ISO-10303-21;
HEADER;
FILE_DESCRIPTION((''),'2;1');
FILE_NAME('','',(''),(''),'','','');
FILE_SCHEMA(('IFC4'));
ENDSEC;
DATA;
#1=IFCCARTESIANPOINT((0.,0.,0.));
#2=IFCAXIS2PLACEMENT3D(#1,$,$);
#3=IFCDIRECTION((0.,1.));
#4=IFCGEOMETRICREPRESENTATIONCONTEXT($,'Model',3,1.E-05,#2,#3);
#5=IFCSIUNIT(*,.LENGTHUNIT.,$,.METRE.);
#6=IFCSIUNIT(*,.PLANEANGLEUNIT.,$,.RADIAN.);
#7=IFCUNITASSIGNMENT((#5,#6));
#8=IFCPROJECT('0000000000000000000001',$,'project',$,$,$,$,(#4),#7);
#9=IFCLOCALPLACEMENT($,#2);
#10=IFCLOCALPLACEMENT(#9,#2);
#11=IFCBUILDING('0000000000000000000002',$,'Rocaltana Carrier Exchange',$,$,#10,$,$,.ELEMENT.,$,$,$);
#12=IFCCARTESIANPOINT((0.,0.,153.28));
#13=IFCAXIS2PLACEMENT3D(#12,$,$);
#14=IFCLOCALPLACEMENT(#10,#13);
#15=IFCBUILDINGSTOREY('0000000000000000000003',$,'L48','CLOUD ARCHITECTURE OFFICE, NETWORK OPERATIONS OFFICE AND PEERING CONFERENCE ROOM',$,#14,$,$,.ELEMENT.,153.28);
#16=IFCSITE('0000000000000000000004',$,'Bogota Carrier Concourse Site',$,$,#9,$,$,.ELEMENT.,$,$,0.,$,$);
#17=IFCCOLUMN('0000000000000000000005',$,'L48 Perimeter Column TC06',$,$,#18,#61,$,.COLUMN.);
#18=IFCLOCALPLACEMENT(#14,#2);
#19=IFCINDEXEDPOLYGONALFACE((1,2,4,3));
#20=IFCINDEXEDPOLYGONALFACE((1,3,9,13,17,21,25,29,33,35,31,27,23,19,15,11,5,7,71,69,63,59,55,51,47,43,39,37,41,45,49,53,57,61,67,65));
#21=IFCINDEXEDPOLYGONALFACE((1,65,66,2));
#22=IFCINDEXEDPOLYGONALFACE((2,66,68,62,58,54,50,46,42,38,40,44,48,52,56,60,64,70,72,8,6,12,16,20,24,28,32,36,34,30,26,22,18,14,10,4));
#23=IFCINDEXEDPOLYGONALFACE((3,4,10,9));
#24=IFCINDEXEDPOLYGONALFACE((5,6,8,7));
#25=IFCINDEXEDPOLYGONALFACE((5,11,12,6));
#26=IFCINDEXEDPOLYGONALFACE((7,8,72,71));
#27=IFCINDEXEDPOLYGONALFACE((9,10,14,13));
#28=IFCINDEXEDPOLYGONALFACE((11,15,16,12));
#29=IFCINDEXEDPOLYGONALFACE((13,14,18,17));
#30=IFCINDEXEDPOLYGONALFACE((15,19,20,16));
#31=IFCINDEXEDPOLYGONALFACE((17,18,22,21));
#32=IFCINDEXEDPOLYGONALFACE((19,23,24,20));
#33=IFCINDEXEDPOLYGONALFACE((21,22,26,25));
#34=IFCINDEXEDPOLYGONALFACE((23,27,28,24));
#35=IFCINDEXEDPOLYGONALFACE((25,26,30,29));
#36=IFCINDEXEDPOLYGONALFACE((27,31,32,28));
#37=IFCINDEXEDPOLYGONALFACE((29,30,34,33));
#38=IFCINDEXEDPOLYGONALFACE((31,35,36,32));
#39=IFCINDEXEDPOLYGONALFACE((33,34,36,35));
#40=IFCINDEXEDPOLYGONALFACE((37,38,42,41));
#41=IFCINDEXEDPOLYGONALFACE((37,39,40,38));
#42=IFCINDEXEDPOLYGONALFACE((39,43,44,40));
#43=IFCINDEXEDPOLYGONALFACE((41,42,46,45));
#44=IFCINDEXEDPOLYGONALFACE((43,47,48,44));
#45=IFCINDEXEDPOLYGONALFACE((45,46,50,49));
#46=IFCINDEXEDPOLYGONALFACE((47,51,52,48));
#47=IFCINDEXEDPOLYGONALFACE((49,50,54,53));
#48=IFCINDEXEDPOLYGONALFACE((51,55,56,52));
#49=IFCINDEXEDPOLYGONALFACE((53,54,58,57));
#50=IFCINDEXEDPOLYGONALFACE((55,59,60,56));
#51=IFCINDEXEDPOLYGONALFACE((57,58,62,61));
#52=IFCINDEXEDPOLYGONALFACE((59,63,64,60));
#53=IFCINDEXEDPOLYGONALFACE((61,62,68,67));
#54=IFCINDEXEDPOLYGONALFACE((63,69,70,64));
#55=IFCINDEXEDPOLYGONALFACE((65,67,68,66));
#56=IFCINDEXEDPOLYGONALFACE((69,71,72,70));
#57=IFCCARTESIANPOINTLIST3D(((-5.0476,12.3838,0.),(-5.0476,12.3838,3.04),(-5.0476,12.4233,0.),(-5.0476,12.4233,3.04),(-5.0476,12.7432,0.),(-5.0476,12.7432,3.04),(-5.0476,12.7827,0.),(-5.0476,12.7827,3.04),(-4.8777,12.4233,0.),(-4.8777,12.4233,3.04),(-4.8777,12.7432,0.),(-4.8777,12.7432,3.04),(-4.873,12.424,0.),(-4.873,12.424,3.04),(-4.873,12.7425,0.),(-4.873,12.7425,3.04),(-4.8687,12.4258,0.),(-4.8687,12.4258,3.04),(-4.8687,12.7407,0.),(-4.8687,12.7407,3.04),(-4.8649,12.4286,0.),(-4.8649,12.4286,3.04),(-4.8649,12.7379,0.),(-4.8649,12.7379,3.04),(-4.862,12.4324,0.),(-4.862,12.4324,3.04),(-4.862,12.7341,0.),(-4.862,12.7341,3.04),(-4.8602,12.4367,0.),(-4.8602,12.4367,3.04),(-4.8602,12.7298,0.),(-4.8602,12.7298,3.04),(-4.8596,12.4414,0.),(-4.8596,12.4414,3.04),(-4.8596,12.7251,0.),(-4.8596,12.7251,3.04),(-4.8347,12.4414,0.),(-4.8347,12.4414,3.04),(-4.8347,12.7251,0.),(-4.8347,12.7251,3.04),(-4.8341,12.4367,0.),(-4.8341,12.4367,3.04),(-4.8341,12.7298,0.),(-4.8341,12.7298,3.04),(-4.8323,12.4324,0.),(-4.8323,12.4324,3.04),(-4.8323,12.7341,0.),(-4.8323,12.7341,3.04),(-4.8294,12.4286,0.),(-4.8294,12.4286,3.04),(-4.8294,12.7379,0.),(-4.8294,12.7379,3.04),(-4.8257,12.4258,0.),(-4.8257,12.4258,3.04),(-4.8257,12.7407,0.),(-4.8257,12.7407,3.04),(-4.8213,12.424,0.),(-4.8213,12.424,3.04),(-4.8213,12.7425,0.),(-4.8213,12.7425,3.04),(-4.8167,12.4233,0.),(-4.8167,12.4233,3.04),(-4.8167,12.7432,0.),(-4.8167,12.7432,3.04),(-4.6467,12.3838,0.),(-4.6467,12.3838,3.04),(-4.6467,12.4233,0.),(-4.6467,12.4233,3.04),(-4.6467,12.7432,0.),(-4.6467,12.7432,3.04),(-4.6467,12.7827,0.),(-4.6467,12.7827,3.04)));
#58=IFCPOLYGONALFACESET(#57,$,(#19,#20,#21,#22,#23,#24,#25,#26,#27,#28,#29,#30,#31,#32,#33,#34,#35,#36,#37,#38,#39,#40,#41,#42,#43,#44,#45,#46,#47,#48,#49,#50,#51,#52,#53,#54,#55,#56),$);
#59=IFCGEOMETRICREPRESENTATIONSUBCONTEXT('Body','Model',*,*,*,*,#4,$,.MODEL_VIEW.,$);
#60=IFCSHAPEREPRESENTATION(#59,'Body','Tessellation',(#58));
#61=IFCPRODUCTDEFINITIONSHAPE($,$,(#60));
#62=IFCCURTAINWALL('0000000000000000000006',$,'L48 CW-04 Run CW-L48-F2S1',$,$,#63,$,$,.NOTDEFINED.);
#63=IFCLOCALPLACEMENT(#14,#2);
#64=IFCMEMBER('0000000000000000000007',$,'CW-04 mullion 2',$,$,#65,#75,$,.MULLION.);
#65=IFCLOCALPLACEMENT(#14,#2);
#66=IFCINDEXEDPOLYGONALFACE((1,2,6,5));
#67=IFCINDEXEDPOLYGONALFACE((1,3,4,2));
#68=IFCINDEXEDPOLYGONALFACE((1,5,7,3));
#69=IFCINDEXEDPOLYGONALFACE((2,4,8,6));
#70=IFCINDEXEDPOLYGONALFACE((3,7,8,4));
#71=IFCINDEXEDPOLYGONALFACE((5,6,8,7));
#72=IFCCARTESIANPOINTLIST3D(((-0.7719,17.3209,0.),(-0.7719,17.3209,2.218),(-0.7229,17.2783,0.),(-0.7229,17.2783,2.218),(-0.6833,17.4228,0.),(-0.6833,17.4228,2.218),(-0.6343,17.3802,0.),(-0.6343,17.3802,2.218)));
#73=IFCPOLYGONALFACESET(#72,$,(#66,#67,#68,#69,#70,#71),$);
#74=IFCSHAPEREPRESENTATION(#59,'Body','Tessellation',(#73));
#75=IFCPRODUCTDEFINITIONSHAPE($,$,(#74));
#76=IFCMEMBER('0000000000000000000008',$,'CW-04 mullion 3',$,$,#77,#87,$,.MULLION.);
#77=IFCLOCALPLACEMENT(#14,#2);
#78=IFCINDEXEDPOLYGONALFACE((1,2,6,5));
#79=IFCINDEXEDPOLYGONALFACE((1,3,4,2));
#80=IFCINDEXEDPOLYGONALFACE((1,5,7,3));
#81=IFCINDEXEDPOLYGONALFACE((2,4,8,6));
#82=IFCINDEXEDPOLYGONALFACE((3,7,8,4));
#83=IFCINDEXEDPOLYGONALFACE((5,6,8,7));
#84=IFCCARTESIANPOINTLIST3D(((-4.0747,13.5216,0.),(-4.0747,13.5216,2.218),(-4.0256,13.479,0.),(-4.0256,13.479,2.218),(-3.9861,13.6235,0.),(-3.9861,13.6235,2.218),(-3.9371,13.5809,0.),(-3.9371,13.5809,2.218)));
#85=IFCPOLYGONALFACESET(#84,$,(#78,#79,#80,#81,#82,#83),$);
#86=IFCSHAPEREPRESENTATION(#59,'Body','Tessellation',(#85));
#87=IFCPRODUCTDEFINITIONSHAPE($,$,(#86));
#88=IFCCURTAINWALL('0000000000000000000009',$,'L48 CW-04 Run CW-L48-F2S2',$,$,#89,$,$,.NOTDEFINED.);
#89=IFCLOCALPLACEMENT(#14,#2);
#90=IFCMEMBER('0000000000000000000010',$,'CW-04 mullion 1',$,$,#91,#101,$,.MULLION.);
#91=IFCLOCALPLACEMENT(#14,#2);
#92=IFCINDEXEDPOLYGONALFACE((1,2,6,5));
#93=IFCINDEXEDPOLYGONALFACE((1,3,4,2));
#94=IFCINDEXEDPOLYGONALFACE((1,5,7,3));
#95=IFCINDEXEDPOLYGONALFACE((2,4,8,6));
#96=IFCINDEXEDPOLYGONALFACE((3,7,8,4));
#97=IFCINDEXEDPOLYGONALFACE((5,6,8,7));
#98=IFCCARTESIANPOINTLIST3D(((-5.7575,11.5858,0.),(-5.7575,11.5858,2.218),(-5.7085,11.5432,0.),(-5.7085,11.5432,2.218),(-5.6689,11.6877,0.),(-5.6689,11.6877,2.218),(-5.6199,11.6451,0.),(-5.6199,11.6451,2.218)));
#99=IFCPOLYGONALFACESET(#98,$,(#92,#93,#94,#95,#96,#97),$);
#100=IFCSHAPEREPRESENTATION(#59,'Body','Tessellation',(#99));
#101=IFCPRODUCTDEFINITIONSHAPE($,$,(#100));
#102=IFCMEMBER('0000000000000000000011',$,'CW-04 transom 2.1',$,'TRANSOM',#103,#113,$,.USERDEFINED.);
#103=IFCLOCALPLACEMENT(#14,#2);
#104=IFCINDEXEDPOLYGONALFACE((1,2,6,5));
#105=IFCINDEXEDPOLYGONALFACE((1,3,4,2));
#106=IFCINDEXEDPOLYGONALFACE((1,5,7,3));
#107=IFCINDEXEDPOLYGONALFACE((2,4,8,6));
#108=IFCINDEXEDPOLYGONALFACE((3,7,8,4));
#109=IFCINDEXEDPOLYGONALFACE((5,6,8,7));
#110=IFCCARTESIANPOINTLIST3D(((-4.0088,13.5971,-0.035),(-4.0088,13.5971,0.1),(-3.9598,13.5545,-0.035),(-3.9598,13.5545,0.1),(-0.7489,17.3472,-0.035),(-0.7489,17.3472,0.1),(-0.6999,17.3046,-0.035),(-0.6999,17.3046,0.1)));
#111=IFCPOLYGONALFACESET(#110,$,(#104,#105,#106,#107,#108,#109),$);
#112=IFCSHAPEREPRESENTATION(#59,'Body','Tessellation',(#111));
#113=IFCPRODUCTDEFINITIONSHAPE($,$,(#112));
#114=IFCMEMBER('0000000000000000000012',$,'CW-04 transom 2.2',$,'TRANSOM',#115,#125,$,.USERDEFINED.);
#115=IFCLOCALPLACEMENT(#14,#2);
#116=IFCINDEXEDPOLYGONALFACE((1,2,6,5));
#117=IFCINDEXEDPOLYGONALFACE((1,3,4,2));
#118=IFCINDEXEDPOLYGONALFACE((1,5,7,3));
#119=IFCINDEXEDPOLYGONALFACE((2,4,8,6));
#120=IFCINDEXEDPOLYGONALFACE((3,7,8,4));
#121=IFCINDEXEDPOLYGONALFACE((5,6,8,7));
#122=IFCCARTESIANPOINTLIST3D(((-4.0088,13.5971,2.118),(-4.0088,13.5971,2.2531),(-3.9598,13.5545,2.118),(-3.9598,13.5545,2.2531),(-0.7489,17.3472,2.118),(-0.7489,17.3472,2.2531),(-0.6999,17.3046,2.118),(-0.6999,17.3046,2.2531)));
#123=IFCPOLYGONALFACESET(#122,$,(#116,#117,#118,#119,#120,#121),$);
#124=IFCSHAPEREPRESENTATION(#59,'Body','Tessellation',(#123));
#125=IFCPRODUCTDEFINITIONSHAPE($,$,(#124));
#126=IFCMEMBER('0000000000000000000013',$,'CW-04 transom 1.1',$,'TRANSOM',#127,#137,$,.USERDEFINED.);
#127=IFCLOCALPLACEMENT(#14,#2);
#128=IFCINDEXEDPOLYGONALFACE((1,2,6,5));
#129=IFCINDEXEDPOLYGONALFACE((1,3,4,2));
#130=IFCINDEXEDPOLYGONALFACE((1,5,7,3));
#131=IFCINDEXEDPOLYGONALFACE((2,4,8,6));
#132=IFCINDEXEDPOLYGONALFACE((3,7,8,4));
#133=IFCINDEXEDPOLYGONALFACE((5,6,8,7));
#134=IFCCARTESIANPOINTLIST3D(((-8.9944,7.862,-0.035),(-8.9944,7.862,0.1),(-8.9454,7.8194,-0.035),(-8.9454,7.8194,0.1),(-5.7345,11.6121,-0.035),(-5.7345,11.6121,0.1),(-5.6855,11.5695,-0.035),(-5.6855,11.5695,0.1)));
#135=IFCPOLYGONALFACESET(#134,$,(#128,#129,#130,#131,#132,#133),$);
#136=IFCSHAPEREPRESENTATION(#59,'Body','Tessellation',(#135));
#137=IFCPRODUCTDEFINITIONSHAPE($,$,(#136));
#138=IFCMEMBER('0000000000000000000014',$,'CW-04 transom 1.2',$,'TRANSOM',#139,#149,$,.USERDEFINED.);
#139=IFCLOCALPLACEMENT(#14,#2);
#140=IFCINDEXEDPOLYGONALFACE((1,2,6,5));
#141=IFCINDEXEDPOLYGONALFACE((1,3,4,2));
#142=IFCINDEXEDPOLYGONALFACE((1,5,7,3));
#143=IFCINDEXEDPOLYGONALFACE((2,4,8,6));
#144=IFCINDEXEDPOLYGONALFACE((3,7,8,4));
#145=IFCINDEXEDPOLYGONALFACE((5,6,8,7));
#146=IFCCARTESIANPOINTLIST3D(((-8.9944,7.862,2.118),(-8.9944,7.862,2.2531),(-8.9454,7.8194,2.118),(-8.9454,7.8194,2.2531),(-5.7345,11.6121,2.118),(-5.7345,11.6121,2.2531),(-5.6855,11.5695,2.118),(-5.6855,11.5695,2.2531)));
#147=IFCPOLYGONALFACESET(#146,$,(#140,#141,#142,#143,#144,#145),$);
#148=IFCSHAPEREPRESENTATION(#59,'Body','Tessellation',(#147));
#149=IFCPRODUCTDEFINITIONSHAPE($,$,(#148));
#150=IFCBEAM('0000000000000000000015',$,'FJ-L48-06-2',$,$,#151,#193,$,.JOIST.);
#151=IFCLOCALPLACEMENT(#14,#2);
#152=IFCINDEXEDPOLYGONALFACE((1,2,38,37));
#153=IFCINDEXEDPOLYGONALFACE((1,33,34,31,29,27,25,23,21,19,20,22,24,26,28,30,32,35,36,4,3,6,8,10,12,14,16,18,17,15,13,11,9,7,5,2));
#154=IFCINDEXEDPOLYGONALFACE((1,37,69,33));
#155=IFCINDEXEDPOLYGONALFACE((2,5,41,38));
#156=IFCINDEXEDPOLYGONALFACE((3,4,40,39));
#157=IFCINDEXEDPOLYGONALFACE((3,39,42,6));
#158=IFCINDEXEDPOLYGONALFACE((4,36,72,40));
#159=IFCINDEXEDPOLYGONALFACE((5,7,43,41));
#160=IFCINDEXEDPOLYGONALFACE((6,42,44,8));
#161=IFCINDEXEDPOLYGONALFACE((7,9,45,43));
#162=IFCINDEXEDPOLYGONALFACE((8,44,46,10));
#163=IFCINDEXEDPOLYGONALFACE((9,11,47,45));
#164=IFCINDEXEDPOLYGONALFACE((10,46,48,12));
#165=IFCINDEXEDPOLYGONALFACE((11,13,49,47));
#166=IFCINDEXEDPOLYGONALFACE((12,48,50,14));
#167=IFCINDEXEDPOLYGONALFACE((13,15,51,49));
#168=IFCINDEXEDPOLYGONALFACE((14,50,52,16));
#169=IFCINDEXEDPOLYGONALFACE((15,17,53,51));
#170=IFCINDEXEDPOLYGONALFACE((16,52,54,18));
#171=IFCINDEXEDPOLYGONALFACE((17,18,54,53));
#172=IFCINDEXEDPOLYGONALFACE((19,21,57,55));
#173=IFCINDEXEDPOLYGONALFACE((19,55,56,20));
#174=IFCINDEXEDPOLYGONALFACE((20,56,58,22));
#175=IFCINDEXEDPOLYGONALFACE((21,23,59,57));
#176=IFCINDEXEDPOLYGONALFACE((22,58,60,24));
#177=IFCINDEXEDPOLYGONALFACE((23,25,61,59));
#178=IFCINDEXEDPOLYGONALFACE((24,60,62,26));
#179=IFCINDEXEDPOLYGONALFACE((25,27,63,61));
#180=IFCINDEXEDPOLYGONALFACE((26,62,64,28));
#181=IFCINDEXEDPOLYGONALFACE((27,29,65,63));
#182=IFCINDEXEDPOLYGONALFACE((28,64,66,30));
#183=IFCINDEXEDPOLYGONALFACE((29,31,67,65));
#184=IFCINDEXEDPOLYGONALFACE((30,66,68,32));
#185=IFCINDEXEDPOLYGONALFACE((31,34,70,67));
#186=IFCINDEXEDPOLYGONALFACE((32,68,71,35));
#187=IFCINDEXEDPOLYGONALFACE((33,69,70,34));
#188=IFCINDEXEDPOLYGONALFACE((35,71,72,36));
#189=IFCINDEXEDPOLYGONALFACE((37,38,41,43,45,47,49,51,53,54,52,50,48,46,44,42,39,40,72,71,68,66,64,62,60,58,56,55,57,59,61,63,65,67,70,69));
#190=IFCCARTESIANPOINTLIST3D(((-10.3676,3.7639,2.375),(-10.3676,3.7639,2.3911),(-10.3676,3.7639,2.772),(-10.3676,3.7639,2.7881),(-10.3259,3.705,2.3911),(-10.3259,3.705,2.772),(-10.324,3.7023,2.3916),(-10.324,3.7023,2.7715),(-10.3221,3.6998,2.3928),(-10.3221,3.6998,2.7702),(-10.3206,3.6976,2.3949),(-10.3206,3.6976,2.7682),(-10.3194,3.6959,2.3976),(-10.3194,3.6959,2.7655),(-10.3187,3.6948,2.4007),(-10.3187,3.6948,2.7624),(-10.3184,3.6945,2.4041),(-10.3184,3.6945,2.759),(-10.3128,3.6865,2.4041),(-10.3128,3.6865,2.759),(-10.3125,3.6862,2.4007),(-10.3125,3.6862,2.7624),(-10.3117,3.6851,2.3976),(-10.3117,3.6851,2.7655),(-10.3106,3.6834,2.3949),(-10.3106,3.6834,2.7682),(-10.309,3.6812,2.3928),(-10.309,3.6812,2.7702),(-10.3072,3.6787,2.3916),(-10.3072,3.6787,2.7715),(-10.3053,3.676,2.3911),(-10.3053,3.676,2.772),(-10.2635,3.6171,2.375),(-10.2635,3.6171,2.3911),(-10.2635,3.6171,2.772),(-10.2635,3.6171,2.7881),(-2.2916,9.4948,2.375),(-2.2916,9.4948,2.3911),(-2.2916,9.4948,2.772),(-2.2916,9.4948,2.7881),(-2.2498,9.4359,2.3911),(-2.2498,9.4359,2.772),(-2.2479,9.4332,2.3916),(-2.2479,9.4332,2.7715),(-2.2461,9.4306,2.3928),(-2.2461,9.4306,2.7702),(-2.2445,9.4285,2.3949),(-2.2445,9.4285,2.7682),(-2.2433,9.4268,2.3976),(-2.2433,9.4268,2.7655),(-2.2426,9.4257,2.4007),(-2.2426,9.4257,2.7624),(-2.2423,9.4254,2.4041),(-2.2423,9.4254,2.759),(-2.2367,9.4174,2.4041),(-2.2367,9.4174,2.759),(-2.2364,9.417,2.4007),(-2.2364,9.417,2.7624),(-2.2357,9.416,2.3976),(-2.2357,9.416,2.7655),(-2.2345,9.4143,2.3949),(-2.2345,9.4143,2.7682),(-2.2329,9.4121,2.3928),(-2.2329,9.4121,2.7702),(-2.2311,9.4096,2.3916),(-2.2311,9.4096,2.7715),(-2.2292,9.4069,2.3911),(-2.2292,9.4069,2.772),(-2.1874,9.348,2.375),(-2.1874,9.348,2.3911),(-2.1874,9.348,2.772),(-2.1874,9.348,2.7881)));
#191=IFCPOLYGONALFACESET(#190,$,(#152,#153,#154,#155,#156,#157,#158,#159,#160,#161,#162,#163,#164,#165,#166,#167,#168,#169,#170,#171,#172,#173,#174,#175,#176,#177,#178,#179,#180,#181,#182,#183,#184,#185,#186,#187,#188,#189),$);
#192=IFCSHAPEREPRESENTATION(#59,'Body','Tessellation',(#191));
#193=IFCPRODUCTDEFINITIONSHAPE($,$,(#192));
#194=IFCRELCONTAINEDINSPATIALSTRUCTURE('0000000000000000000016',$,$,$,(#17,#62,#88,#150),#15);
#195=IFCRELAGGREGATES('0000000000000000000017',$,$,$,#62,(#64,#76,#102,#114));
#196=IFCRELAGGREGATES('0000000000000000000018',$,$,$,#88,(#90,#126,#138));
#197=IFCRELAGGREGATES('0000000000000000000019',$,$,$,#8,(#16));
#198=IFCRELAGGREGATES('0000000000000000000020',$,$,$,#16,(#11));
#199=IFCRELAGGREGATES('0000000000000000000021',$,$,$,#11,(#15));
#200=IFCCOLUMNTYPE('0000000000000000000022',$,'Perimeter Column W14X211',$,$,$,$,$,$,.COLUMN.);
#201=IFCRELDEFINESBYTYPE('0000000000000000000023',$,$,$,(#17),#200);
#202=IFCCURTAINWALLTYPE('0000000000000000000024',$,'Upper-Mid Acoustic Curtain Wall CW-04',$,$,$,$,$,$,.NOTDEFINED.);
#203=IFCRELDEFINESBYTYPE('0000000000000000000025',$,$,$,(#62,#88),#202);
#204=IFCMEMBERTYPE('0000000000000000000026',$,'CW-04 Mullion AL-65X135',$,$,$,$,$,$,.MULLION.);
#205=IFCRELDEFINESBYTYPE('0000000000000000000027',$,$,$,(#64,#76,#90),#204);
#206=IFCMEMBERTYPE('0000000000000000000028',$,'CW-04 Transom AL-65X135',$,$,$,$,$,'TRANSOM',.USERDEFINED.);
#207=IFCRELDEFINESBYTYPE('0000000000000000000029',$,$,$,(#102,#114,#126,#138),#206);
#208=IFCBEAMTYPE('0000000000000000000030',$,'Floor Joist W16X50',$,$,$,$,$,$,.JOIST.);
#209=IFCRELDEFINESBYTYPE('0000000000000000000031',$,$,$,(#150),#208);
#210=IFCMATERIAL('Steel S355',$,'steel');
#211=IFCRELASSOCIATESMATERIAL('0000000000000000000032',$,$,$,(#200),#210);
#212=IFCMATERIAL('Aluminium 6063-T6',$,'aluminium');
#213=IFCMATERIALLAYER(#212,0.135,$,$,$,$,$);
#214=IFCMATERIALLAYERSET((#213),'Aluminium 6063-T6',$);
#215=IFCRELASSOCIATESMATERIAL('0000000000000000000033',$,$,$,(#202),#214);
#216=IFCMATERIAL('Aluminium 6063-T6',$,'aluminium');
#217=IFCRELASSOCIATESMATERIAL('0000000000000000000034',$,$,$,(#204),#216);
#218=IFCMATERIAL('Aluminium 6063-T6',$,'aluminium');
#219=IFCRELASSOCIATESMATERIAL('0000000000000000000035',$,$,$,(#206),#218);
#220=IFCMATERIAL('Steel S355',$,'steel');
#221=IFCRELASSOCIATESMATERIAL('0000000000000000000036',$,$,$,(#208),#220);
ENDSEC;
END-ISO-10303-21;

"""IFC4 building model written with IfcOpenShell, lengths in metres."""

from ifc_helpers import new_model, si_unit, direction, frame, origin, origin_2d, place, context, subcontext, project, spatial, rectangle, i_section, extrude, material, layer, layer_set, material_profile, profile_set, type_object, element, aggregate, save


model = new_model("IFC4")

# Units and contexts
model_context = context("Model", 3, precision=1e-05, world=origin(), true_north=direction((0.0, 1.0)))
body_context = subcontext(model_context, "Body", "Model", "MODEL_VIEW")
ifc_project = project(units=[si_unit("LENGTHUNIT", "METRE"), si_unit("PLANEANGLEUNIT", "RADIAN")], contexts=[model_context])

# Site, building, storey
site_placement = place(None, origin())
site = spatial("IfcSite", under=ifc_project, at=site_placement, Name="Bogota Carrier Concourse Site", CompositionType="ELEMENT", RefElevation=0.0)
building_placement = place(site_placement, origin())
building = spatial("IfcBuilding", under=site, at=building_placement, Name="Rocaltana Carrier Exchange", CompositionType="ELEMENT")
storey_placement = place(building_placement, frame((0.0, 0.0, 153.28)))
storey = spatial("IfcBuildingStorey", under=building, at=storey_placement, Name="L48", Description="CLOUD ARCHITECTURE OFFICE, NETWORK OPERATIONS OFFICE AND PEERING CONFERENCE ROOM", CompositionType="ELEMENT", Elevation=153.28)

# Column
ifc_material_1 = material(Name="Steel S355", Category="steel")
ifc_material_profile_1 = material_profile(ifc_material_1, i_section(OverallWidth=0.4009, OverallDepth=0.3989, WebThickness=0.0249, FlangeThickness=0.0396, FilletRadius=0.0181, at=origin_2d()), Name="W14X211")
ifc_profile_set_1 = profile_set([ifc_material_profile_1], Name="Steel S355")
column_type = type_object("IfcColumnType", Name="Perimeter Column W14X211", PredefinedType="COLUMN", material=ifc_profile_set_1)
column_placement = place(storey_placement, frame((-4.8472, 12.5833, 0.0), z_axis=(0.0, 0.0, 1.0), x_axis=(1.0, 0.0, 0.0)))
element("IfcColumn", 1, at=column_placement, inside=storey, type_object=column_type, Name="L48 Perimeter Column TC06", PredefinedType="COLUMN", context=body_context, shape_type="SweptSolid", body=[
    extrude(i_section(OverallWidth=0.4009, OverallDepth=0.3989, WebThickness=0.0249, FlangeThickness=0.0396, FilletRadius=0.0181, at=origin_2d()), origin(), (0.0, 0.0, 1.0), 3.04),
])

# Curtain wall, members
ifc_material_2 = material(Name="Aluminium 6063-T6", Category="aluminium")
ifc_layer_1 = layer(ifc_material_2, 0.135)
ifc_layer_set_1 = layer_set([ifc_layer_1], Name="Aluminium 6063-T6")
curtain_wall_type = type_object("IfcCurtainWallType", Name="Upper-Mid Acoustic Curtain Wall CW-04", PredefinedType="NOTDEFINED", material=ifc_layer_set_1)
curtain_wall_1_placement = place(storey_placement, origin())
curtain_wall_1 = element("IfcCurtainWall", 2, at=curtain_wall_1_placement, inside=storey, type_object=curtain_wall_type, Name="L48 CW-04 Run CW-L48-F2S1", PredefinedType="NOTDEFINED")
ifc_material_3 = material(Name="Aluminium 6063-T6", Category="aluminium")
ifc_material_profile_2 = material_profile(ifc_material_3, rectangle(XDim=0.0649, YDim=0.135, at=origin_2d()), Name="AL-65X135")
ifc_profile_set_2 = profile_set([ifc_material_profile_2], Name="Aluminium 6063-T6")
member_type_1 = type_object("IfcMemberType", Name="CW-04 Mullion AL-65X135", PredefinedType="MULLION", material=ifc_profile_set_2)
member_1_placement = place(storey_placement, frame((-0.7031, 17.3506, 0.0), z_axis=(0.0, 0.0, 1.0), x_axis=(0.754712, -0.656057, 0.0)))
member_1 = element("IfcMember", 3, at=member_1_placement, type_object=member_type_1, Name="CW-04 mullion 2", PredefinedType="MULLION", context=body_context, shape_type="SweptSolid", body=[
    extrude(rectangle(XDim=0.0649, YDim=0.135, at=origin_2d()), origin(), (0.0, 0.0, 1.0), 2.218),
])
member_2_placement = place(storey_placement, frame((-4.0059, 13.5513, 0.0), z_axis=(0.0, 0.0, 1.0), x_axis=(0.754712, -0.656057, 0.0)))
member_2 = element("IfcMember", 4, at=member_2_placement, type_object=member_type_1, Name="CW-04 mullion 3", PredefinedType="MULLION", context=body_context, shape_type="SweptSolid", body=[
    extrude(rectangle(XDim=0.0649, YDim=0.135, at=origin_2d()), origin(), (0.0, 0.0, 1.0), 2.218),
])

# Curtain wall, member
curtain_wall_2_placement = place(storey_placement, origin())
curtain_wall_2 = element("IfcCurtainWall", 5, at=curtain_wall_2_placement, inside=storey, type_object=curtain_wall_type, Name="L48 CW-04 Run CW-L48-F2S2", PredefinedType="NOTDEFINED")
member_3_placement = place(storey_placement, frame((-5.6887, 11.6155, 0.0), z_axis=(0.0, 0.0, 1.0), x_axis=(0.754712, -0.656057, 0.0)))
member_3 = element("IfcMember", 6, at=member_3_placement, type_object=member_type_1, Name="CW-04 mullion 1", PredefinedType="MULLION", context=body_context, shape_type="SweptSolid", body=[
    extrude(rectangle(XDim=0.0649, YDim=0.135, at=origin_2d()), origin(), (0.0, 0.0, 1.0), 2.218),
])

# Members
ifc_material_4 = material(Name="Aluminium 6063-T6", Category="aluminium")
ifc_material_profile_3 = material_profile(ifc_material_4, rectangle(XDim=0.0649, YDim=0.135, at=origin_2d()), Name="AL-65X135")
ifc_profile_set_3 = profile_set([ifc_material_profile_3], Name="Aluminium 6063-T6")
member_type_2 = type_object("IfcMemberType", Name="CW-04 Transom AL-65X135", ElementType="TRANSOM", PredefinedType="USERDEFINED", material=ifc_profile_set_3)
member_4_placement = place(storey_placement, frame((-0.7244, 17.3259, 0.0325), z_axis=(-0.656056, -0.754712, 0.0), x_axis=(0.754712, -0.656056, 0.0)))
member_4 = element("IfcMember", 7, at=member_4_placement, type_object=member_type_2, Name="CW-04 transom 2.1", ObjectType="TRANSOM", PredefinedType="USERDEFINED", context=body_context, shape_type="SweptSolid", body=[
    extrude(rectangle(XDim=0.0649, YDim=0.135, at=origin_2d()), origin(), (0.0, 0.0, 1.0), 4.969),
])
member_5_placement = place(storey_placement, frame((-0.7244, 17.3259, 2.1855), z_axis=(-0.656056, -0.754712, 0.0), x_axis=(0.754712, -0.656056, 0.0)))
member_5 = element("IfcMember", 8, at=member_5_placement, type_object=member_type_2, Name="CW-04 transom 2.2", ObjectType="TRANSOM", PredefinedType="USERDEFINED", context=body_context, shape_type="SweptSolid", body=[
    extrude(rectangle(XDim=0.0649, YDim=0.135, at=origin_2d()), origin(), (0.0, 0.0, 1.0), 4.969),
])
member_6_placement = place(storey_placement, frame((-5.71, 11.5908, 0.0325), z_axis=(-0.656056, -0.754712, 0.0), x_axis=(0.754712, -0.656056, 0.0)))
member_6 = element("IfcMember", 9, at=member_6_placement, type_object=member_type_2, Name="CW-04 transom 1.1", ObjectType="TRANSOM", PredefinedType="USERDEFINED", context=body_context, shape_type="SweptSolid", body=[
    extrude(rectangle(XDim=0.0649, YDim=0.135, at=origin_2d()), origin(), (0.0, 0.0, 1.0), 4.969),
])
member_7_placement = place(storey_placement, frame((-5.71, 11.5908, 2.1855), z_axis=(-0.656056, -0.754712, 0.0), x_axis=(0.754712, -0.656056, 0.0)))
member_7 = element("IfcMember", 10, at=member_7_placement, type_object=member_type_2, Name="CW-04 transom 1.2", ObjectType="TRANSOM", PredefinedType="USERDEFINED", context=body_context, shape_type="SweptSolid", body=[
    extrude(rectangle(XDim=0.0649, YDim=0.135, at=origin_2d()), origin(), (0.0, 0.0, 1.0), 4.969),
])

# Beam
ifc_material_5 = material(Name="Steel S355", Category="steel")
ifc_material_profile_4 = material_profile(ifc_material_5, i_section(OverallWidth=0.1799, OverallDepth=0.4131, WebThickness=0.0098, FlangeThickness=0.0161, FilletRadius=0.0129, at=origin_2d()), Name="W16X50")
ifc_profile_set_4 = profile_set([ifc_material_profile_4], Name="Steel S355")
beam_type_1 = type_object("IfcBeamType", Name="Floor Joist W16X50", PredefinedType="JOIST", material=ifc_profile_set_4)
beam_1_placement = place(storey_placement, frame((-2.2395, 9.4214, 2.5815), z_axis=(-0.815532, -0.578712, 0.0), x_axis=(0.578712, -0.815532, 0.0)))
element("IfcBeam", 11, at=beam_1_placement, inside=storey, type_object=beam_type_1, Name="FJ-L48-06-2", PredefinedType="JOIST", context=body_context, shape_type="SweptSolid", body=[
    extrude(i_section(OverallWidth=0.1799, OverallDepth=0.4131, WebThickness=0.0098, FlangeThickness=0.0161, FilletRadius=0.0129, at=origin_2d()), origin(), (0.0, 0.0, 1.0), 9.9028),
])

aggregate(curtain_wall_1, [member_1, member_2, member_4, member_5])
aggregate(curtain_wall_2, [member_3, member_6, member_7])

save(model, "model.ifc")
